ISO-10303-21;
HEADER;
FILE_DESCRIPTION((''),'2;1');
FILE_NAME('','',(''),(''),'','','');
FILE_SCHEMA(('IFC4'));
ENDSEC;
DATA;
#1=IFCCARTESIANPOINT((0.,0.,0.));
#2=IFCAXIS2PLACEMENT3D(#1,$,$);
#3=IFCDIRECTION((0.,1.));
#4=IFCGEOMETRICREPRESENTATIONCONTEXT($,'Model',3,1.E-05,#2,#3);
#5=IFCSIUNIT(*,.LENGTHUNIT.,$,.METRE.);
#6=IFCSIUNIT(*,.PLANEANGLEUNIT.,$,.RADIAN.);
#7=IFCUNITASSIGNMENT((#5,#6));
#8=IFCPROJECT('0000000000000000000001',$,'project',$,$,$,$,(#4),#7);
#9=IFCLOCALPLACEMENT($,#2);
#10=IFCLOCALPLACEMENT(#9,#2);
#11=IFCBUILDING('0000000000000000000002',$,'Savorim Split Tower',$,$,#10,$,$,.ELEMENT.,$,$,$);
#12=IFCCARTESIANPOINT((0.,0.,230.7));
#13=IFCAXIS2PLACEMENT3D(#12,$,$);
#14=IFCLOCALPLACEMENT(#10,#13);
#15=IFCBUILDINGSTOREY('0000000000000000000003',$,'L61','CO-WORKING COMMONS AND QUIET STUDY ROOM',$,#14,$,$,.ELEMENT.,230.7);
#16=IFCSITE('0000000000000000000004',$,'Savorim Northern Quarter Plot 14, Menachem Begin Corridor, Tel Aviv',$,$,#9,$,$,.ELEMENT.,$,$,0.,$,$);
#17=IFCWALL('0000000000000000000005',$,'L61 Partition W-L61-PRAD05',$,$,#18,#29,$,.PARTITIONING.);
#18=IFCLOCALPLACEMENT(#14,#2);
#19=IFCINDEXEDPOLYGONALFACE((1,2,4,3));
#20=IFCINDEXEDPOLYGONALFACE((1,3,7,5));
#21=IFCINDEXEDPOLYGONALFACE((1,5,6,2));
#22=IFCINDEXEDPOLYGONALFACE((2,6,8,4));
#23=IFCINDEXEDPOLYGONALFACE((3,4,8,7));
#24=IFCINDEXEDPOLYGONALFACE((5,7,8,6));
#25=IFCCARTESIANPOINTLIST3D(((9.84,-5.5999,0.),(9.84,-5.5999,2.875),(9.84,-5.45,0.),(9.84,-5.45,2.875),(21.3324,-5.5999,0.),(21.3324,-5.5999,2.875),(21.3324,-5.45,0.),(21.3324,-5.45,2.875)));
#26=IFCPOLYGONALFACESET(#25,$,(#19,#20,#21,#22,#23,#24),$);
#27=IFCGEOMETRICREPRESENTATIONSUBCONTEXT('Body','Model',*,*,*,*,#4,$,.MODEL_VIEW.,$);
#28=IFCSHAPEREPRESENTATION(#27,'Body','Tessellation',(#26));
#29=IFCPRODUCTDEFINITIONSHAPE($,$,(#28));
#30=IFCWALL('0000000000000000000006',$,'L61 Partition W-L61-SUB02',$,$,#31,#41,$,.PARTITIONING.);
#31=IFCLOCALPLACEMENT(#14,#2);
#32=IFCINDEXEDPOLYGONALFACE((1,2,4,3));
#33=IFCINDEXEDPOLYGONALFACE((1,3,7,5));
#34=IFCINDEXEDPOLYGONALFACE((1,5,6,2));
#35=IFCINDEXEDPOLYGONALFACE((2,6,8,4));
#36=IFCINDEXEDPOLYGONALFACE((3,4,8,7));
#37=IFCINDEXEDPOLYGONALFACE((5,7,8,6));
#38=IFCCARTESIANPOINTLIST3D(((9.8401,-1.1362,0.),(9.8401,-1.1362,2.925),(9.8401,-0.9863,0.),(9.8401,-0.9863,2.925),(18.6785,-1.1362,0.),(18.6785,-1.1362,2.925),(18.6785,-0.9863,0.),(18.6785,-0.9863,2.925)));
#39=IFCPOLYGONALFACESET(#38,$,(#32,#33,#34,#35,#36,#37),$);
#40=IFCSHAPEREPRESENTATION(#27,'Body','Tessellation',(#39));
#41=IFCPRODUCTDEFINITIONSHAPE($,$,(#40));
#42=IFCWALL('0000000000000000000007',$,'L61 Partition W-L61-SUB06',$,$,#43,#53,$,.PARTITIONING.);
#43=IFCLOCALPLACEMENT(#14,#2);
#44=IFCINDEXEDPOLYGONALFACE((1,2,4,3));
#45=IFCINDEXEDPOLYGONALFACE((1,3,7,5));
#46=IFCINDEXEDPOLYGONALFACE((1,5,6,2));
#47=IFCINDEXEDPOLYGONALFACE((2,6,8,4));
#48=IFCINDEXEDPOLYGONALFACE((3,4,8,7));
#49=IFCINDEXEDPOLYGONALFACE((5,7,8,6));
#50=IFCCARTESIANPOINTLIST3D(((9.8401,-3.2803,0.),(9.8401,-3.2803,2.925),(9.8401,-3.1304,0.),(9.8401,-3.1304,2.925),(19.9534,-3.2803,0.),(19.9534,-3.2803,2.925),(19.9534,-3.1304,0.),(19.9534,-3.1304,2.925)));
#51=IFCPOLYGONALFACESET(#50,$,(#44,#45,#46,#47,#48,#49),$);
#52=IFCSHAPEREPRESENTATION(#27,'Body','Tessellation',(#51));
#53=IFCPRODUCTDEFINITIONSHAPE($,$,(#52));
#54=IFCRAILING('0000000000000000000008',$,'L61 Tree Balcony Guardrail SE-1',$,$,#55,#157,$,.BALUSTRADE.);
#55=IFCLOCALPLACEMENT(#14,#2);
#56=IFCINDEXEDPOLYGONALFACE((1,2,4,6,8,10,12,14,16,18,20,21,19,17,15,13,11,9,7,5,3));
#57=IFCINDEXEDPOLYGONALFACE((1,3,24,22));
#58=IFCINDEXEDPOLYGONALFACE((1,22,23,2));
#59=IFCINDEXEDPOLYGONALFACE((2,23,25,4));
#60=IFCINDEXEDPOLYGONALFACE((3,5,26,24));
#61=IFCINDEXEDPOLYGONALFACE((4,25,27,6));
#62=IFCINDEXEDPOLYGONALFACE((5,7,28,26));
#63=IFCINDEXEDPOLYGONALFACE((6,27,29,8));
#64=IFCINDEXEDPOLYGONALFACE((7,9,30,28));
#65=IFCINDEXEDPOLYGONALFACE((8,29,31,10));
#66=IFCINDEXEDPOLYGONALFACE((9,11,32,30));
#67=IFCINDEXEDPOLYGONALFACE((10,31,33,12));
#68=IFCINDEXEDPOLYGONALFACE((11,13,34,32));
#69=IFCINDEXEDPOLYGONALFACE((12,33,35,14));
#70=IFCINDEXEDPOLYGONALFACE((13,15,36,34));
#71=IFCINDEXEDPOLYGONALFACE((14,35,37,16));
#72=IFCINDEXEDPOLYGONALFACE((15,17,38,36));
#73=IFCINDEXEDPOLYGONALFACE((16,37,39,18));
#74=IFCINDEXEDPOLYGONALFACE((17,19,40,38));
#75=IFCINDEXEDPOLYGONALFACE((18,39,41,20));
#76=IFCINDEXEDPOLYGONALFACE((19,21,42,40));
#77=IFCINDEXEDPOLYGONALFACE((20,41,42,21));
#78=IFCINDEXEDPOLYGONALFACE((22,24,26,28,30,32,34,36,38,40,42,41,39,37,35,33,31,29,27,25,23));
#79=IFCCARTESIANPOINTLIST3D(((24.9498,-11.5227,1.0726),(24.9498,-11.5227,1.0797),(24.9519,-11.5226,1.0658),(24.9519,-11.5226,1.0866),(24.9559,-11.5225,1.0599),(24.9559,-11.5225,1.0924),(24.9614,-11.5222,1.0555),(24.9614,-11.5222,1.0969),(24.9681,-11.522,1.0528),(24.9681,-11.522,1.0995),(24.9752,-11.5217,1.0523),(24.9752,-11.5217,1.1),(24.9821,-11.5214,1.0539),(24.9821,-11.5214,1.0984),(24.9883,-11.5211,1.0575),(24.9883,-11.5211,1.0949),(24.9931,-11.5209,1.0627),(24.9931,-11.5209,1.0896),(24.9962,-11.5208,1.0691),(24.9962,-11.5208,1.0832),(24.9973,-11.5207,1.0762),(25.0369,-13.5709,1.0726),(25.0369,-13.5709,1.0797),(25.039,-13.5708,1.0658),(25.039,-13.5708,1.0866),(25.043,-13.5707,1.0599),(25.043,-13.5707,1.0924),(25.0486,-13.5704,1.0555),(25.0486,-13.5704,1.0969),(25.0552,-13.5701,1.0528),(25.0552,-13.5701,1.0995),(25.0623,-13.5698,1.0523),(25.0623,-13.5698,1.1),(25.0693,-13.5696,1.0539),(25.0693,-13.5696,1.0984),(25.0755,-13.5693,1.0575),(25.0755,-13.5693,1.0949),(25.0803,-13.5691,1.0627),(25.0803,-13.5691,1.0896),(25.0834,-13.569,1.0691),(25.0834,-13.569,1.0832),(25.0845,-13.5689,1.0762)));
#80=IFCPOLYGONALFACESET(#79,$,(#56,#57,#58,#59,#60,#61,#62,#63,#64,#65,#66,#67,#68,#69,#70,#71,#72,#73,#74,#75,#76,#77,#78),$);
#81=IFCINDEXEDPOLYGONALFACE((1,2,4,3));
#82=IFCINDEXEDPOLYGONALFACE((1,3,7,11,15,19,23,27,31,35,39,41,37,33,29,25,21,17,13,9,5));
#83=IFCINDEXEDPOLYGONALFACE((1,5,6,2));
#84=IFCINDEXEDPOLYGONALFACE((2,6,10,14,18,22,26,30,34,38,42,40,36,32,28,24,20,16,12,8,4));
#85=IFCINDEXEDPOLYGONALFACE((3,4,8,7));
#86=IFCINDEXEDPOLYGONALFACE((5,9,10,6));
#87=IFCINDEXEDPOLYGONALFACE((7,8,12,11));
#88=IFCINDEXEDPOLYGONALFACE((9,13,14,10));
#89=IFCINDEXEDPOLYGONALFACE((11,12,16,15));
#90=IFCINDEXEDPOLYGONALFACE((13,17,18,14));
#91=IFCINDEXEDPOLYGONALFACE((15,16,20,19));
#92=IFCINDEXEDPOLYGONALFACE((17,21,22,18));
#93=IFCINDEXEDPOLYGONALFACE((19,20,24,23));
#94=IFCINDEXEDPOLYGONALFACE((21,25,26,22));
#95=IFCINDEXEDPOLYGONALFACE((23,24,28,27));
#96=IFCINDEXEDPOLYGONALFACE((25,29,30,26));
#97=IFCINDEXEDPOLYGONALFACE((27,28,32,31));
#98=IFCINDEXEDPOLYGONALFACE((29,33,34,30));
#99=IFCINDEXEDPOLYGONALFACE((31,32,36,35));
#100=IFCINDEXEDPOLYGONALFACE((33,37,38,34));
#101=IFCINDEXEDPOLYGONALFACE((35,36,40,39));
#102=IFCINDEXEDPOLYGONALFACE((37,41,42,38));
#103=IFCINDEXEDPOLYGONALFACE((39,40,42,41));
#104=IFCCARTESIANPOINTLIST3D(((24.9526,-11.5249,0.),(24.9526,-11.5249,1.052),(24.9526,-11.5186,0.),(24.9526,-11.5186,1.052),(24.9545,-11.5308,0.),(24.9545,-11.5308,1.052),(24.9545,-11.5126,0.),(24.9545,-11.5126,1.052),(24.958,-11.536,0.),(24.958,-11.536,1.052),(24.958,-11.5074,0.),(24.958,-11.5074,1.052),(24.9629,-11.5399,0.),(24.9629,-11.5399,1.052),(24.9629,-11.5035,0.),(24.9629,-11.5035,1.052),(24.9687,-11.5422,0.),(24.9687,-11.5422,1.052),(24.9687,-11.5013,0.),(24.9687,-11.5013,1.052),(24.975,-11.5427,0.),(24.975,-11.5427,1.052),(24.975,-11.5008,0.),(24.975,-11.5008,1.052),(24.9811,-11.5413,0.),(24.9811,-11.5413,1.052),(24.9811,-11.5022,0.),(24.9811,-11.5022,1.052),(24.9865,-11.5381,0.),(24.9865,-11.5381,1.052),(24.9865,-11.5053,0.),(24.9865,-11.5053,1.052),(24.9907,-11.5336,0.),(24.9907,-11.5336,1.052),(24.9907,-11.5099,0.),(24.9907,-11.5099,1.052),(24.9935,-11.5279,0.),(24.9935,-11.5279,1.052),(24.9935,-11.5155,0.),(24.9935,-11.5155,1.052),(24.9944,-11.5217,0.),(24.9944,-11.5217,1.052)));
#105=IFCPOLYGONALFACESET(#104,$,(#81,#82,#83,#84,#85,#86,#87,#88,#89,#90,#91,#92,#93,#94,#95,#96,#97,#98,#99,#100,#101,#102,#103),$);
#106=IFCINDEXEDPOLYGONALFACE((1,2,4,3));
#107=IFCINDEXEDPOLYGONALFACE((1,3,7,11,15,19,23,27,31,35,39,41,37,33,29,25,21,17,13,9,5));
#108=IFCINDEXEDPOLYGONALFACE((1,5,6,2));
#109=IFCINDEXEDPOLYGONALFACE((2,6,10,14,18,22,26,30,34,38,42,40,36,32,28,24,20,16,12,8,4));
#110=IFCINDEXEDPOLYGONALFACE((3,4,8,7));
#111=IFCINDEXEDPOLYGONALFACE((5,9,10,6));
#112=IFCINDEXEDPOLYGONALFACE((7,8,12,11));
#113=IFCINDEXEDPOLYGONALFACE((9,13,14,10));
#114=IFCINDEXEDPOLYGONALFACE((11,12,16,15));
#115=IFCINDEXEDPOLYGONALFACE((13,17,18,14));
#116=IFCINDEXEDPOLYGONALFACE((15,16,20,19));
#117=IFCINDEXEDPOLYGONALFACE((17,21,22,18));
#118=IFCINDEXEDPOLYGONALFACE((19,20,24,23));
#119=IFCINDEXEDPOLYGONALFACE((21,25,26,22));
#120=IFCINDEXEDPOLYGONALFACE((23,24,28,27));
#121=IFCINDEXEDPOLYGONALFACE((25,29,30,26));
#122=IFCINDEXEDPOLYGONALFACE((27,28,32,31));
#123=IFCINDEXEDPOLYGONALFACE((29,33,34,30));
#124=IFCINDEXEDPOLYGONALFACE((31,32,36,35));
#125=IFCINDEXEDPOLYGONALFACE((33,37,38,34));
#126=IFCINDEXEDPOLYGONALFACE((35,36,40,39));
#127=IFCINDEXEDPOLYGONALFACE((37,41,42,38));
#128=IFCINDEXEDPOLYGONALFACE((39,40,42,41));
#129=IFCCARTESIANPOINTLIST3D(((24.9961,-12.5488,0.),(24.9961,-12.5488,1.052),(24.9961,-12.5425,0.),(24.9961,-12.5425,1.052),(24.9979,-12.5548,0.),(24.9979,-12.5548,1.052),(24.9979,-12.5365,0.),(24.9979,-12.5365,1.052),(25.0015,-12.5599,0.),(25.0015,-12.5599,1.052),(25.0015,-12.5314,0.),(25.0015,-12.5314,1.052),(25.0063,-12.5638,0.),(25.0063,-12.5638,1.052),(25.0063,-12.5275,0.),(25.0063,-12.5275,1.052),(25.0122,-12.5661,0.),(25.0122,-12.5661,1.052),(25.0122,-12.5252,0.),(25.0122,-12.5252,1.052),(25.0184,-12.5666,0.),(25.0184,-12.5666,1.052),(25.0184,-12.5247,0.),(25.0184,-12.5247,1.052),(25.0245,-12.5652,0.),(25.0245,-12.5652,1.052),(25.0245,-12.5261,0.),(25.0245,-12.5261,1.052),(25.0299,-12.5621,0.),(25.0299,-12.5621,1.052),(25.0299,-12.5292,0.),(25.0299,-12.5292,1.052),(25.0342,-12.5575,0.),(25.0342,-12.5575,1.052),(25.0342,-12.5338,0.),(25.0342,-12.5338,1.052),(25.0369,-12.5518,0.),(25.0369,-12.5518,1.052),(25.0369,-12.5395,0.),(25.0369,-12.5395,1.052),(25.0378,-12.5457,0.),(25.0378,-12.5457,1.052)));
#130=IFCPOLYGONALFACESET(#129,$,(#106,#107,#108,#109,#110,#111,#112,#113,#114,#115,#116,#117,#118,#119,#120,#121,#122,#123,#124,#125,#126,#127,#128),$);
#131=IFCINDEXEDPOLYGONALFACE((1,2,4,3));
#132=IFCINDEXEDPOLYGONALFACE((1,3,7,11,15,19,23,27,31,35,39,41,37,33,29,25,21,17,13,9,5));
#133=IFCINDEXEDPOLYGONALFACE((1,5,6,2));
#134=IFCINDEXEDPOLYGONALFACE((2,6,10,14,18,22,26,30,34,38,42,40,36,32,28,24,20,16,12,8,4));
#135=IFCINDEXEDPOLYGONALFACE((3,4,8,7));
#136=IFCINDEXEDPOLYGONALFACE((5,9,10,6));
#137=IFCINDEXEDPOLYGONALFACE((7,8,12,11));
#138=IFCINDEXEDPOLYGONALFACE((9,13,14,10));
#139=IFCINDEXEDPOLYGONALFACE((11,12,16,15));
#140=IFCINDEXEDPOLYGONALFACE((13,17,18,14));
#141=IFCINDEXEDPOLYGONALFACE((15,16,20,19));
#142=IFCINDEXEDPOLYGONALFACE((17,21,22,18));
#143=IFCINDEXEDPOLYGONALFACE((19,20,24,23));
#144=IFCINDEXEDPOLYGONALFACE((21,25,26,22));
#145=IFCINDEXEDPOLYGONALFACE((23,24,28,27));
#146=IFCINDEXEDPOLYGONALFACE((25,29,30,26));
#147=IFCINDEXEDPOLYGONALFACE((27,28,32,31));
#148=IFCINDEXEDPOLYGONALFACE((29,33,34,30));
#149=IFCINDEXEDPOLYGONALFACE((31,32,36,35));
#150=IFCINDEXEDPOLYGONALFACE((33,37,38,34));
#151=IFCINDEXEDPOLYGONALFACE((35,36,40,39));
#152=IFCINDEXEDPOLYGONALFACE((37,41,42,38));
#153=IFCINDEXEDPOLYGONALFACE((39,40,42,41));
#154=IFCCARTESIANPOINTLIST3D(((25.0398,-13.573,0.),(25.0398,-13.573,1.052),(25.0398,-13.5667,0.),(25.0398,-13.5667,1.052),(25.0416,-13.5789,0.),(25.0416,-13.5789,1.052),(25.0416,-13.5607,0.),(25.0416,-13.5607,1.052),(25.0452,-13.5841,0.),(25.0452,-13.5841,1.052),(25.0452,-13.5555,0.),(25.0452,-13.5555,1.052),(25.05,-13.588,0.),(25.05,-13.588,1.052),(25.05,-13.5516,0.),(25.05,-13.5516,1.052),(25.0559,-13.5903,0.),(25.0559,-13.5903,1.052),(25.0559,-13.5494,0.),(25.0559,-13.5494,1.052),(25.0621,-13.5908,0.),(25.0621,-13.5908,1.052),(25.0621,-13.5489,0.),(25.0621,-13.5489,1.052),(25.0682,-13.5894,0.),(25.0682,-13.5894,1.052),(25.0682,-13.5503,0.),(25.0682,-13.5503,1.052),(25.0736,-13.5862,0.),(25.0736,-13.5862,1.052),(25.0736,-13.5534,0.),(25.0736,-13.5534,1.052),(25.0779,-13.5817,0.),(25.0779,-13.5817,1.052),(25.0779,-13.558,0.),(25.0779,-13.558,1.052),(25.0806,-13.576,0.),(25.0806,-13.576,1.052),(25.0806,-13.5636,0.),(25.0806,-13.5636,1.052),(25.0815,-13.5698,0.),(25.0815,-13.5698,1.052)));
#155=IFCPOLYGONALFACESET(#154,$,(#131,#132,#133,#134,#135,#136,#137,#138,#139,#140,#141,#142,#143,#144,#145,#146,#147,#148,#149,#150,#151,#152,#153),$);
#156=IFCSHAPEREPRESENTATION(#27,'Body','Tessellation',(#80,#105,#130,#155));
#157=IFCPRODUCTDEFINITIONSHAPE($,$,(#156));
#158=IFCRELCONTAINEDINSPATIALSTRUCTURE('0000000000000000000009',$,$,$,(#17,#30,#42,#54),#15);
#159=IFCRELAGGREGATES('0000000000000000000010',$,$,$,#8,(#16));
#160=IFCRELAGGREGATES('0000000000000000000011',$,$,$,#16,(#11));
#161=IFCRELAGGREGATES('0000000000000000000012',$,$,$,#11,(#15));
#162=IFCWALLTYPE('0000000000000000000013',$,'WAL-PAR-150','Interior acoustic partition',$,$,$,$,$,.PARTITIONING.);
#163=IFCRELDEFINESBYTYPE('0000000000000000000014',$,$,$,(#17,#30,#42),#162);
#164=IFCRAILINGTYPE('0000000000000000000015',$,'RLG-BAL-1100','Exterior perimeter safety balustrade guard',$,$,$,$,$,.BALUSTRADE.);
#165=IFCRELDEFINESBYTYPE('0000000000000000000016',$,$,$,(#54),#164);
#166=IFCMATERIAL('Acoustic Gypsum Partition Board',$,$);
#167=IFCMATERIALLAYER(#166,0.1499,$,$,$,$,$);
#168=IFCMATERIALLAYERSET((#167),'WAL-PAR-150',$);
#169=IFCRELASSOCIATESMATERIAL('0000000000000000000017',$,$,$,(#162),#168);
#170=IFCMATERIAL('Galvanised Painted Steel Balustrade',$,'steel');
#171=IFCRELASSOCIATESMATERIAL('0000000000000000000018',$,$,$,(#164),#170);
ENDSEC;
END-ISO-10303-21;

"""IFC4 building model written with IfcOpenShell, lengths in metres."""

from ifc_helpers import new_model, si_unit, direction, frame, frame_2d, origin, origin_2d, place, context, subcontext, project, spatial, rectangle, circle, extrude, material, layer, layer_set, type_object, element, save


model = new_model("IFC4")

# Units and contexts
model_context = context("Model", 3, precision=1e-05, world=origin(), true_north=direction((0.0, 1.0)))
body_context = subcontext(model_context, "Body", "Model", "MODEL_VIEW")
ifc_project = project(units=[si_unit("LENGTHUNIT", "METRE"), si_unit("PLANEANGLEUNIT", "RADIAN")], contexts=[model_context])

# Site, building, storey
site_placement = place(None, origin())
site = spatial("IfcSite", under=ifc_project, at=site_placement, Name="Savorim Northern Quarter Plot 14, Menachem Begin Corridor, Tel Aviv", CompositionType="ELEMENT", RefElevation=0.0)
building_placement = place(site_placement, origin())
building = spatial("IfcBuilding", under=site, at=building_placement, Name="Savorim Split Tower", CompositionType="ELEMENT")
storey_placement = place(building_placement, frame((0.0, 0.0, 230.7)))
storey = spatial("IfcBuildingStorey", under=building, at=storey_placement, Name="L61", Description="CO-WORKING COMMONS AND QUIET STUDY ROOM", CompositionType="ELEMENT", Elevation=230.7)

# Walls
ifc_material_1 = material(Name="Acoustic Gypsum Partition Board")
ifc_layer_1 = layer(ifc_material_1, 0.1499)
ifc_layer_set_1 = layer_set([ifc_layer_1], Name="WAL-PAR-150")
wall_type_1 = type_object("IfcWallType", Name="WAL-PAR-150", Description="Interior acoustic partition", PredefinedType="PARTITIONING", material=ifc_layer_set_1)
wall_1_placement = place(storey_placement, frame((9.8401, -5.5249, 0.0), z_axis=(0.0, 0.0, 1.0), x_axis=(1.0, 0.0, 0.0)))
element("IfcWall", 1, at=wall_1_placement, inside=storey, type_object=wall_type_1, Name="L61 Partition W-L61-PRAD05", PredefinedType="PARTITIONING", context=body_context, shape_type="SweptSolid", body=[
    extrude(rectangle(XDim=11.4924, YDim=0.1499, at=frame_2d((5.7461, 0.0))), origin(), (0.0, 0.0, 1.0), 2.875),
])
wall_2_placement = place(storey_placement, frame((9.8401, -1.0613, 0.0), z_axis=(0.0, 0.0, 1.0), x_axis=(1.0, 0.0, 0.0)))
element("IfcWall", 2, at=wall_2_placement, inside=storey, type_object=wall_type_1, Name="L61 Partition W-L61-SUB02", PredefinedType="PARTITIONING", context=body_context, shape_type="SweptSolid", body=[
    extrude(rectangle(XDim=8.8384, YDim=0.1499, at=frame_2d((4.4192, 0.0))), origin(), (0.0, 0.0, 1.0), 2.925),
])
wall_3_placement = place(storey_placement, frame((9.8401, -3.2053, 0.0), z_axis=(0.0, 0.0, 1.0), x_axis=(1.0, 0.0, 0.0)))
element("IfcWall", 3, at=wall_3_placement, inside=storey, type_object=wall_type_1, Name="L61 Partition W-L61-SUB06", PredefinedType="PARTITIONING", context=body_context, shape_type="SweptSolid", body=[
    extrude(rectangle(XDim=10.1133, YDim=0.1499, at=frame_2d((5.0566, 0.0))), origin(), (0.0, 0.0, 1.0), 2.925),
])

# Railing
ifc_material_2 = material(Name="Galvanised Painted Steel Balustrade", Category="steel")
railing_type = type_object("IfcRailingType", Name="RLG-BAL-1100", Description="Exterior perimeter safety balustrade guard", PredefinedType="BALUSTRADE", material=ifc_material_2)
railing_1_placement = place(storey_placement, frame((24.9734, -11.5217, 0.0)))
element("IfcRailing", 4, at=railing_1_placement, inside=storey, type_object=railing_type, Name="L61 Tree Balcony Guardrail SE-1", PredefinedType="BALUSTRADE", context=body_context, shape_type="SweptSolid", body=[
    extrude(circle(Radius=0.0239, at=origin_2d()), frame((0.0, 0.0, 1.0762), z_axis=(0.042517, -0.999096, 0.0), x_axis=(0.999096, 0.042517, 0.0)), (0.0, 0.0, 1.0), 2.05),
    extrude(circle(Radius=0.021, at=origin_2d()), origin(), (0.0, 0.0, 1.0), 1.052),
    extrude(circle(Radius=0.021, at=origin_2d()), frame((0.0435, -1.0239, 0.0)), (0.0, 0.0, 1.0), 1.052),
    extrude(circle(Radius=0.021, at=origin_2d()), frame((0.0872, -2.0481, 0.0)), (0.0, 0.0, 1.0), 1.052),
])

save(model, "model.ifc")
